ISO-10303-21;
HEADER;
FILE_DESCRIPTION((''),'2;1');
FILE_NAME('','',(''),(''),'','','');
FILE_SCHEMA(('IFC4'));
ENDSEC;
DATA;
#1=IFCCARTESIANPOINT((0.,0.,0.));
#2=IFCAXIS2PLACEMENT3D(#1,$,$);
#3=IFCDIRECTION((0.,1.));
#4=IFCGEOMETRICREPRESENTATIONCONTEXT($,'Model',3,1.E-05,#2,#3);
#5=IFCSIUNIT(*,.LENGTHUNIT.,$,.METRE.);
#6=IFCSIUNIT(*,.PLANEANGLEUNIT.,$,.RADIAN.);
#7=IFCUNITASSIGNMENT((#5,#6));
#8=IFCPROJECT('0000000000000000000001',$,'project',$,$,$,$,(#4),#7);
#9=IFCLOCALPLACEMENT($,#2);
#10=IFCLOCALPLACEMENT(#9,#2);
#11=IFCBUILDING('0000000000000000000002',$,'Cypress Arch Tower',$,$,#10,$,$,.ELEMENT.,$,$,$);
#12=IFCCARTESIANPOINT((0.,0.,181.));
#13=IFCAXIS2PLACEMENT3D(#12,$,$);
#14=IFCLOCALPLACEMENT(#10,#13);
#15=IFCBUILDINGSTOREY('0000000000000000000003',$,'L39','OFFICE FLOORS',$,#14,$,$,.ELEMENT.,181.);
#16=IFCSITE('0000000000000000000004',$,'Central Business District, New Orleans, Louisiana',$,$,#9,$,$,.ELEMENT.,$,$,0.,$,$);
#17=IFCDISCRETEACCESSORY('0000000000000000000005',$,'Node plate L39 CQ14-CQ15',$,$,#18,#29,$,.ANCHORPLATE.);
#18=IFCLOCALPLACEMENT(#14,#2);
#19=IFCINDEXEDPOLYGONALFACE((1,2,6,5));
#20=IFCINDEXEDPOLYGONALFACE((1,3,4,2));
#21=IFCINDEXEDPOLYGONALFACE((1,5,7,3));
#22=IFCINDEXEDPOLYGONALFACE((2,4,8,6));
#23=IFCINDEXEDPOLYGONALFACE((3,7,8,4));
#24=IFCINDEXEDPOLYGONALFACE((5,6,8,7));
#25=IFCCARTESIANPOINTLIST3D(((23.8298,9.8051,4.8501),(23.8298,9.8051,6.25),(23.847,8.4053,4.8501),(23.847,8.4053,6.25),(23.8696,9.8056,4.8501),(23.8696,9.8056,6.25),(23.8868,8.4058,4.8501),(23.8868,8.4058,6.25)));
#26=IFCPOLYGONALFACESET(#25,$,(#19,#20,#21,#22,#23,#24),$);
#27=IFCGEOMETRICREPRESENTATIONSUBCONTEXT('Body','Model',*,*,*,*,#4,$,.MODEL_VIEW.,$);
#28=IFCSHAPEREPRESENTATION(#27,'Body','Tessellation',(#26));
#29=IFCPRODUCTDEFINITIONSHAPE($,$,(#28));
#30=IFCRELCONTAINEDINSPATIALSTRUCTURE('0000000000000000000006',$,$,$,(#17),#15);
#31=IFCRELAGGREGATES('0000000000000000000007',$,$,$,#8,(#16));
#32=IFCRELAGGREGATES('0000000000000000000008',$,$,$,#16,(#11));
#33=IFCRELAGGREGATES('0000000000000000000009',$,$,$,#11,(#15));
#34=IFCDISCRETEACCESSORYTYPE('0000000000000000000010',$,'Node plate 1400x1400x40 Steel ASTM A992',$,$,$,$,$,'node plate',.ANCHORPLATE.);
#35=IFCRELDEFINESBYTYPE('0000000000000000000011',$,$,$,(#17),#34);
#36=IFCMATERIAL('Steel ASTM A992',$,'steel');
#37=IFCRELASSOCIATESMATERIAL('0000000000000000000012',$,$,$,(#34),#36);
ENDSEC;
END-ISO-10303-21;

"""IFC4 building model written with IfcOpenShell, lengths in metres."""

from ifc_helpers import new_model, si_unit, direction, frame, origin, origin_2d, place, context, subcontext, project, spatial, rectangle, extrude, material, material_profile, profile_set, type_object, element, save


model = new_model("IFC4")

# Units and contexts
model_context = context("Model", 3, precision=1e-05, world=origin(), true_north=direction((0.0, 1.0)))
body_context = subcontext(model_context, "Body", "Model", "MODEL_VIEW")
ifc_project = project(units=[si_unit("LENGTHUNIT", "METRE"), si_unit("PLANEANGLEUNIT", "RADIAN")], contexts=[model_context])

# Site, building, storey
site_placement = place(None, origin())
site = spatial("IfcSite", under=ifc_project, at=site_placement, Name="Central Business District, New Orleans, Louisiana", CompositionType="ELEMENT", RefElevation=0.0)
building_placement = place(site_placement, origin())
building = spatial("IfcBuilding", under=site, at=building_placement, Name="Cypress Arch Tower", CompositionType="ELEMENT")
storey_placement = place(building_placement, frame((0.0, 0.0, 181.0)))
storey = spatial("IfcBuildingStorey", under=building, at=storey_placement, Name="L39", Description="OFFICE FLOORS", CompositionType="ELEMENT", Elevation=181.0)

# Discrete accessory
ifc_material_1 = material(Name="Steel ASTM A992", Category="steel")
ifc_material_profile_1 = material_profile(ifc_material_1, rectangle(XDim=1.3999, YDim=1.3999, at=origin_2d()), Name="PL 40 1400x1400")
ifc_profile_set_1 = profile_set([ifc_material_profile_1], Name="Steel ASTM A992")
discrete_accessory_type_1 = type_object("IfcDiscreteAccessoryType", Name="Node plate 1400x1400x40 Steel ASTM A992", ElementType="node plate", PredefinedType="ANCHORPLATE", material=ifc_profile_set_1)
discrete_accessory_placement = place(storey_placement, frame((23.8782, 9.1057, 5.55), z_axis=(-0.999925, -0.012269, 0.0), x_axis=(0.012269, -0.999925, 0.0)))
element("IfcDiscreteAccessory", 1, at=discrete_accessory_placement, inside=storey, type_object=discrete_accessory_type_1, Name="Node plate L39 CQ14-CQ15", PredefinedType="ANCHORPLATE", context=body_context, shape_type="SweptSolid", body=[
    extrude(rectangle(XDim=1.3999, YDim=1.3999, at=origin_2d()), origin(), (0.0, 0.0, 1.0), 0.0398),
])

save(model, "model.ifc")
